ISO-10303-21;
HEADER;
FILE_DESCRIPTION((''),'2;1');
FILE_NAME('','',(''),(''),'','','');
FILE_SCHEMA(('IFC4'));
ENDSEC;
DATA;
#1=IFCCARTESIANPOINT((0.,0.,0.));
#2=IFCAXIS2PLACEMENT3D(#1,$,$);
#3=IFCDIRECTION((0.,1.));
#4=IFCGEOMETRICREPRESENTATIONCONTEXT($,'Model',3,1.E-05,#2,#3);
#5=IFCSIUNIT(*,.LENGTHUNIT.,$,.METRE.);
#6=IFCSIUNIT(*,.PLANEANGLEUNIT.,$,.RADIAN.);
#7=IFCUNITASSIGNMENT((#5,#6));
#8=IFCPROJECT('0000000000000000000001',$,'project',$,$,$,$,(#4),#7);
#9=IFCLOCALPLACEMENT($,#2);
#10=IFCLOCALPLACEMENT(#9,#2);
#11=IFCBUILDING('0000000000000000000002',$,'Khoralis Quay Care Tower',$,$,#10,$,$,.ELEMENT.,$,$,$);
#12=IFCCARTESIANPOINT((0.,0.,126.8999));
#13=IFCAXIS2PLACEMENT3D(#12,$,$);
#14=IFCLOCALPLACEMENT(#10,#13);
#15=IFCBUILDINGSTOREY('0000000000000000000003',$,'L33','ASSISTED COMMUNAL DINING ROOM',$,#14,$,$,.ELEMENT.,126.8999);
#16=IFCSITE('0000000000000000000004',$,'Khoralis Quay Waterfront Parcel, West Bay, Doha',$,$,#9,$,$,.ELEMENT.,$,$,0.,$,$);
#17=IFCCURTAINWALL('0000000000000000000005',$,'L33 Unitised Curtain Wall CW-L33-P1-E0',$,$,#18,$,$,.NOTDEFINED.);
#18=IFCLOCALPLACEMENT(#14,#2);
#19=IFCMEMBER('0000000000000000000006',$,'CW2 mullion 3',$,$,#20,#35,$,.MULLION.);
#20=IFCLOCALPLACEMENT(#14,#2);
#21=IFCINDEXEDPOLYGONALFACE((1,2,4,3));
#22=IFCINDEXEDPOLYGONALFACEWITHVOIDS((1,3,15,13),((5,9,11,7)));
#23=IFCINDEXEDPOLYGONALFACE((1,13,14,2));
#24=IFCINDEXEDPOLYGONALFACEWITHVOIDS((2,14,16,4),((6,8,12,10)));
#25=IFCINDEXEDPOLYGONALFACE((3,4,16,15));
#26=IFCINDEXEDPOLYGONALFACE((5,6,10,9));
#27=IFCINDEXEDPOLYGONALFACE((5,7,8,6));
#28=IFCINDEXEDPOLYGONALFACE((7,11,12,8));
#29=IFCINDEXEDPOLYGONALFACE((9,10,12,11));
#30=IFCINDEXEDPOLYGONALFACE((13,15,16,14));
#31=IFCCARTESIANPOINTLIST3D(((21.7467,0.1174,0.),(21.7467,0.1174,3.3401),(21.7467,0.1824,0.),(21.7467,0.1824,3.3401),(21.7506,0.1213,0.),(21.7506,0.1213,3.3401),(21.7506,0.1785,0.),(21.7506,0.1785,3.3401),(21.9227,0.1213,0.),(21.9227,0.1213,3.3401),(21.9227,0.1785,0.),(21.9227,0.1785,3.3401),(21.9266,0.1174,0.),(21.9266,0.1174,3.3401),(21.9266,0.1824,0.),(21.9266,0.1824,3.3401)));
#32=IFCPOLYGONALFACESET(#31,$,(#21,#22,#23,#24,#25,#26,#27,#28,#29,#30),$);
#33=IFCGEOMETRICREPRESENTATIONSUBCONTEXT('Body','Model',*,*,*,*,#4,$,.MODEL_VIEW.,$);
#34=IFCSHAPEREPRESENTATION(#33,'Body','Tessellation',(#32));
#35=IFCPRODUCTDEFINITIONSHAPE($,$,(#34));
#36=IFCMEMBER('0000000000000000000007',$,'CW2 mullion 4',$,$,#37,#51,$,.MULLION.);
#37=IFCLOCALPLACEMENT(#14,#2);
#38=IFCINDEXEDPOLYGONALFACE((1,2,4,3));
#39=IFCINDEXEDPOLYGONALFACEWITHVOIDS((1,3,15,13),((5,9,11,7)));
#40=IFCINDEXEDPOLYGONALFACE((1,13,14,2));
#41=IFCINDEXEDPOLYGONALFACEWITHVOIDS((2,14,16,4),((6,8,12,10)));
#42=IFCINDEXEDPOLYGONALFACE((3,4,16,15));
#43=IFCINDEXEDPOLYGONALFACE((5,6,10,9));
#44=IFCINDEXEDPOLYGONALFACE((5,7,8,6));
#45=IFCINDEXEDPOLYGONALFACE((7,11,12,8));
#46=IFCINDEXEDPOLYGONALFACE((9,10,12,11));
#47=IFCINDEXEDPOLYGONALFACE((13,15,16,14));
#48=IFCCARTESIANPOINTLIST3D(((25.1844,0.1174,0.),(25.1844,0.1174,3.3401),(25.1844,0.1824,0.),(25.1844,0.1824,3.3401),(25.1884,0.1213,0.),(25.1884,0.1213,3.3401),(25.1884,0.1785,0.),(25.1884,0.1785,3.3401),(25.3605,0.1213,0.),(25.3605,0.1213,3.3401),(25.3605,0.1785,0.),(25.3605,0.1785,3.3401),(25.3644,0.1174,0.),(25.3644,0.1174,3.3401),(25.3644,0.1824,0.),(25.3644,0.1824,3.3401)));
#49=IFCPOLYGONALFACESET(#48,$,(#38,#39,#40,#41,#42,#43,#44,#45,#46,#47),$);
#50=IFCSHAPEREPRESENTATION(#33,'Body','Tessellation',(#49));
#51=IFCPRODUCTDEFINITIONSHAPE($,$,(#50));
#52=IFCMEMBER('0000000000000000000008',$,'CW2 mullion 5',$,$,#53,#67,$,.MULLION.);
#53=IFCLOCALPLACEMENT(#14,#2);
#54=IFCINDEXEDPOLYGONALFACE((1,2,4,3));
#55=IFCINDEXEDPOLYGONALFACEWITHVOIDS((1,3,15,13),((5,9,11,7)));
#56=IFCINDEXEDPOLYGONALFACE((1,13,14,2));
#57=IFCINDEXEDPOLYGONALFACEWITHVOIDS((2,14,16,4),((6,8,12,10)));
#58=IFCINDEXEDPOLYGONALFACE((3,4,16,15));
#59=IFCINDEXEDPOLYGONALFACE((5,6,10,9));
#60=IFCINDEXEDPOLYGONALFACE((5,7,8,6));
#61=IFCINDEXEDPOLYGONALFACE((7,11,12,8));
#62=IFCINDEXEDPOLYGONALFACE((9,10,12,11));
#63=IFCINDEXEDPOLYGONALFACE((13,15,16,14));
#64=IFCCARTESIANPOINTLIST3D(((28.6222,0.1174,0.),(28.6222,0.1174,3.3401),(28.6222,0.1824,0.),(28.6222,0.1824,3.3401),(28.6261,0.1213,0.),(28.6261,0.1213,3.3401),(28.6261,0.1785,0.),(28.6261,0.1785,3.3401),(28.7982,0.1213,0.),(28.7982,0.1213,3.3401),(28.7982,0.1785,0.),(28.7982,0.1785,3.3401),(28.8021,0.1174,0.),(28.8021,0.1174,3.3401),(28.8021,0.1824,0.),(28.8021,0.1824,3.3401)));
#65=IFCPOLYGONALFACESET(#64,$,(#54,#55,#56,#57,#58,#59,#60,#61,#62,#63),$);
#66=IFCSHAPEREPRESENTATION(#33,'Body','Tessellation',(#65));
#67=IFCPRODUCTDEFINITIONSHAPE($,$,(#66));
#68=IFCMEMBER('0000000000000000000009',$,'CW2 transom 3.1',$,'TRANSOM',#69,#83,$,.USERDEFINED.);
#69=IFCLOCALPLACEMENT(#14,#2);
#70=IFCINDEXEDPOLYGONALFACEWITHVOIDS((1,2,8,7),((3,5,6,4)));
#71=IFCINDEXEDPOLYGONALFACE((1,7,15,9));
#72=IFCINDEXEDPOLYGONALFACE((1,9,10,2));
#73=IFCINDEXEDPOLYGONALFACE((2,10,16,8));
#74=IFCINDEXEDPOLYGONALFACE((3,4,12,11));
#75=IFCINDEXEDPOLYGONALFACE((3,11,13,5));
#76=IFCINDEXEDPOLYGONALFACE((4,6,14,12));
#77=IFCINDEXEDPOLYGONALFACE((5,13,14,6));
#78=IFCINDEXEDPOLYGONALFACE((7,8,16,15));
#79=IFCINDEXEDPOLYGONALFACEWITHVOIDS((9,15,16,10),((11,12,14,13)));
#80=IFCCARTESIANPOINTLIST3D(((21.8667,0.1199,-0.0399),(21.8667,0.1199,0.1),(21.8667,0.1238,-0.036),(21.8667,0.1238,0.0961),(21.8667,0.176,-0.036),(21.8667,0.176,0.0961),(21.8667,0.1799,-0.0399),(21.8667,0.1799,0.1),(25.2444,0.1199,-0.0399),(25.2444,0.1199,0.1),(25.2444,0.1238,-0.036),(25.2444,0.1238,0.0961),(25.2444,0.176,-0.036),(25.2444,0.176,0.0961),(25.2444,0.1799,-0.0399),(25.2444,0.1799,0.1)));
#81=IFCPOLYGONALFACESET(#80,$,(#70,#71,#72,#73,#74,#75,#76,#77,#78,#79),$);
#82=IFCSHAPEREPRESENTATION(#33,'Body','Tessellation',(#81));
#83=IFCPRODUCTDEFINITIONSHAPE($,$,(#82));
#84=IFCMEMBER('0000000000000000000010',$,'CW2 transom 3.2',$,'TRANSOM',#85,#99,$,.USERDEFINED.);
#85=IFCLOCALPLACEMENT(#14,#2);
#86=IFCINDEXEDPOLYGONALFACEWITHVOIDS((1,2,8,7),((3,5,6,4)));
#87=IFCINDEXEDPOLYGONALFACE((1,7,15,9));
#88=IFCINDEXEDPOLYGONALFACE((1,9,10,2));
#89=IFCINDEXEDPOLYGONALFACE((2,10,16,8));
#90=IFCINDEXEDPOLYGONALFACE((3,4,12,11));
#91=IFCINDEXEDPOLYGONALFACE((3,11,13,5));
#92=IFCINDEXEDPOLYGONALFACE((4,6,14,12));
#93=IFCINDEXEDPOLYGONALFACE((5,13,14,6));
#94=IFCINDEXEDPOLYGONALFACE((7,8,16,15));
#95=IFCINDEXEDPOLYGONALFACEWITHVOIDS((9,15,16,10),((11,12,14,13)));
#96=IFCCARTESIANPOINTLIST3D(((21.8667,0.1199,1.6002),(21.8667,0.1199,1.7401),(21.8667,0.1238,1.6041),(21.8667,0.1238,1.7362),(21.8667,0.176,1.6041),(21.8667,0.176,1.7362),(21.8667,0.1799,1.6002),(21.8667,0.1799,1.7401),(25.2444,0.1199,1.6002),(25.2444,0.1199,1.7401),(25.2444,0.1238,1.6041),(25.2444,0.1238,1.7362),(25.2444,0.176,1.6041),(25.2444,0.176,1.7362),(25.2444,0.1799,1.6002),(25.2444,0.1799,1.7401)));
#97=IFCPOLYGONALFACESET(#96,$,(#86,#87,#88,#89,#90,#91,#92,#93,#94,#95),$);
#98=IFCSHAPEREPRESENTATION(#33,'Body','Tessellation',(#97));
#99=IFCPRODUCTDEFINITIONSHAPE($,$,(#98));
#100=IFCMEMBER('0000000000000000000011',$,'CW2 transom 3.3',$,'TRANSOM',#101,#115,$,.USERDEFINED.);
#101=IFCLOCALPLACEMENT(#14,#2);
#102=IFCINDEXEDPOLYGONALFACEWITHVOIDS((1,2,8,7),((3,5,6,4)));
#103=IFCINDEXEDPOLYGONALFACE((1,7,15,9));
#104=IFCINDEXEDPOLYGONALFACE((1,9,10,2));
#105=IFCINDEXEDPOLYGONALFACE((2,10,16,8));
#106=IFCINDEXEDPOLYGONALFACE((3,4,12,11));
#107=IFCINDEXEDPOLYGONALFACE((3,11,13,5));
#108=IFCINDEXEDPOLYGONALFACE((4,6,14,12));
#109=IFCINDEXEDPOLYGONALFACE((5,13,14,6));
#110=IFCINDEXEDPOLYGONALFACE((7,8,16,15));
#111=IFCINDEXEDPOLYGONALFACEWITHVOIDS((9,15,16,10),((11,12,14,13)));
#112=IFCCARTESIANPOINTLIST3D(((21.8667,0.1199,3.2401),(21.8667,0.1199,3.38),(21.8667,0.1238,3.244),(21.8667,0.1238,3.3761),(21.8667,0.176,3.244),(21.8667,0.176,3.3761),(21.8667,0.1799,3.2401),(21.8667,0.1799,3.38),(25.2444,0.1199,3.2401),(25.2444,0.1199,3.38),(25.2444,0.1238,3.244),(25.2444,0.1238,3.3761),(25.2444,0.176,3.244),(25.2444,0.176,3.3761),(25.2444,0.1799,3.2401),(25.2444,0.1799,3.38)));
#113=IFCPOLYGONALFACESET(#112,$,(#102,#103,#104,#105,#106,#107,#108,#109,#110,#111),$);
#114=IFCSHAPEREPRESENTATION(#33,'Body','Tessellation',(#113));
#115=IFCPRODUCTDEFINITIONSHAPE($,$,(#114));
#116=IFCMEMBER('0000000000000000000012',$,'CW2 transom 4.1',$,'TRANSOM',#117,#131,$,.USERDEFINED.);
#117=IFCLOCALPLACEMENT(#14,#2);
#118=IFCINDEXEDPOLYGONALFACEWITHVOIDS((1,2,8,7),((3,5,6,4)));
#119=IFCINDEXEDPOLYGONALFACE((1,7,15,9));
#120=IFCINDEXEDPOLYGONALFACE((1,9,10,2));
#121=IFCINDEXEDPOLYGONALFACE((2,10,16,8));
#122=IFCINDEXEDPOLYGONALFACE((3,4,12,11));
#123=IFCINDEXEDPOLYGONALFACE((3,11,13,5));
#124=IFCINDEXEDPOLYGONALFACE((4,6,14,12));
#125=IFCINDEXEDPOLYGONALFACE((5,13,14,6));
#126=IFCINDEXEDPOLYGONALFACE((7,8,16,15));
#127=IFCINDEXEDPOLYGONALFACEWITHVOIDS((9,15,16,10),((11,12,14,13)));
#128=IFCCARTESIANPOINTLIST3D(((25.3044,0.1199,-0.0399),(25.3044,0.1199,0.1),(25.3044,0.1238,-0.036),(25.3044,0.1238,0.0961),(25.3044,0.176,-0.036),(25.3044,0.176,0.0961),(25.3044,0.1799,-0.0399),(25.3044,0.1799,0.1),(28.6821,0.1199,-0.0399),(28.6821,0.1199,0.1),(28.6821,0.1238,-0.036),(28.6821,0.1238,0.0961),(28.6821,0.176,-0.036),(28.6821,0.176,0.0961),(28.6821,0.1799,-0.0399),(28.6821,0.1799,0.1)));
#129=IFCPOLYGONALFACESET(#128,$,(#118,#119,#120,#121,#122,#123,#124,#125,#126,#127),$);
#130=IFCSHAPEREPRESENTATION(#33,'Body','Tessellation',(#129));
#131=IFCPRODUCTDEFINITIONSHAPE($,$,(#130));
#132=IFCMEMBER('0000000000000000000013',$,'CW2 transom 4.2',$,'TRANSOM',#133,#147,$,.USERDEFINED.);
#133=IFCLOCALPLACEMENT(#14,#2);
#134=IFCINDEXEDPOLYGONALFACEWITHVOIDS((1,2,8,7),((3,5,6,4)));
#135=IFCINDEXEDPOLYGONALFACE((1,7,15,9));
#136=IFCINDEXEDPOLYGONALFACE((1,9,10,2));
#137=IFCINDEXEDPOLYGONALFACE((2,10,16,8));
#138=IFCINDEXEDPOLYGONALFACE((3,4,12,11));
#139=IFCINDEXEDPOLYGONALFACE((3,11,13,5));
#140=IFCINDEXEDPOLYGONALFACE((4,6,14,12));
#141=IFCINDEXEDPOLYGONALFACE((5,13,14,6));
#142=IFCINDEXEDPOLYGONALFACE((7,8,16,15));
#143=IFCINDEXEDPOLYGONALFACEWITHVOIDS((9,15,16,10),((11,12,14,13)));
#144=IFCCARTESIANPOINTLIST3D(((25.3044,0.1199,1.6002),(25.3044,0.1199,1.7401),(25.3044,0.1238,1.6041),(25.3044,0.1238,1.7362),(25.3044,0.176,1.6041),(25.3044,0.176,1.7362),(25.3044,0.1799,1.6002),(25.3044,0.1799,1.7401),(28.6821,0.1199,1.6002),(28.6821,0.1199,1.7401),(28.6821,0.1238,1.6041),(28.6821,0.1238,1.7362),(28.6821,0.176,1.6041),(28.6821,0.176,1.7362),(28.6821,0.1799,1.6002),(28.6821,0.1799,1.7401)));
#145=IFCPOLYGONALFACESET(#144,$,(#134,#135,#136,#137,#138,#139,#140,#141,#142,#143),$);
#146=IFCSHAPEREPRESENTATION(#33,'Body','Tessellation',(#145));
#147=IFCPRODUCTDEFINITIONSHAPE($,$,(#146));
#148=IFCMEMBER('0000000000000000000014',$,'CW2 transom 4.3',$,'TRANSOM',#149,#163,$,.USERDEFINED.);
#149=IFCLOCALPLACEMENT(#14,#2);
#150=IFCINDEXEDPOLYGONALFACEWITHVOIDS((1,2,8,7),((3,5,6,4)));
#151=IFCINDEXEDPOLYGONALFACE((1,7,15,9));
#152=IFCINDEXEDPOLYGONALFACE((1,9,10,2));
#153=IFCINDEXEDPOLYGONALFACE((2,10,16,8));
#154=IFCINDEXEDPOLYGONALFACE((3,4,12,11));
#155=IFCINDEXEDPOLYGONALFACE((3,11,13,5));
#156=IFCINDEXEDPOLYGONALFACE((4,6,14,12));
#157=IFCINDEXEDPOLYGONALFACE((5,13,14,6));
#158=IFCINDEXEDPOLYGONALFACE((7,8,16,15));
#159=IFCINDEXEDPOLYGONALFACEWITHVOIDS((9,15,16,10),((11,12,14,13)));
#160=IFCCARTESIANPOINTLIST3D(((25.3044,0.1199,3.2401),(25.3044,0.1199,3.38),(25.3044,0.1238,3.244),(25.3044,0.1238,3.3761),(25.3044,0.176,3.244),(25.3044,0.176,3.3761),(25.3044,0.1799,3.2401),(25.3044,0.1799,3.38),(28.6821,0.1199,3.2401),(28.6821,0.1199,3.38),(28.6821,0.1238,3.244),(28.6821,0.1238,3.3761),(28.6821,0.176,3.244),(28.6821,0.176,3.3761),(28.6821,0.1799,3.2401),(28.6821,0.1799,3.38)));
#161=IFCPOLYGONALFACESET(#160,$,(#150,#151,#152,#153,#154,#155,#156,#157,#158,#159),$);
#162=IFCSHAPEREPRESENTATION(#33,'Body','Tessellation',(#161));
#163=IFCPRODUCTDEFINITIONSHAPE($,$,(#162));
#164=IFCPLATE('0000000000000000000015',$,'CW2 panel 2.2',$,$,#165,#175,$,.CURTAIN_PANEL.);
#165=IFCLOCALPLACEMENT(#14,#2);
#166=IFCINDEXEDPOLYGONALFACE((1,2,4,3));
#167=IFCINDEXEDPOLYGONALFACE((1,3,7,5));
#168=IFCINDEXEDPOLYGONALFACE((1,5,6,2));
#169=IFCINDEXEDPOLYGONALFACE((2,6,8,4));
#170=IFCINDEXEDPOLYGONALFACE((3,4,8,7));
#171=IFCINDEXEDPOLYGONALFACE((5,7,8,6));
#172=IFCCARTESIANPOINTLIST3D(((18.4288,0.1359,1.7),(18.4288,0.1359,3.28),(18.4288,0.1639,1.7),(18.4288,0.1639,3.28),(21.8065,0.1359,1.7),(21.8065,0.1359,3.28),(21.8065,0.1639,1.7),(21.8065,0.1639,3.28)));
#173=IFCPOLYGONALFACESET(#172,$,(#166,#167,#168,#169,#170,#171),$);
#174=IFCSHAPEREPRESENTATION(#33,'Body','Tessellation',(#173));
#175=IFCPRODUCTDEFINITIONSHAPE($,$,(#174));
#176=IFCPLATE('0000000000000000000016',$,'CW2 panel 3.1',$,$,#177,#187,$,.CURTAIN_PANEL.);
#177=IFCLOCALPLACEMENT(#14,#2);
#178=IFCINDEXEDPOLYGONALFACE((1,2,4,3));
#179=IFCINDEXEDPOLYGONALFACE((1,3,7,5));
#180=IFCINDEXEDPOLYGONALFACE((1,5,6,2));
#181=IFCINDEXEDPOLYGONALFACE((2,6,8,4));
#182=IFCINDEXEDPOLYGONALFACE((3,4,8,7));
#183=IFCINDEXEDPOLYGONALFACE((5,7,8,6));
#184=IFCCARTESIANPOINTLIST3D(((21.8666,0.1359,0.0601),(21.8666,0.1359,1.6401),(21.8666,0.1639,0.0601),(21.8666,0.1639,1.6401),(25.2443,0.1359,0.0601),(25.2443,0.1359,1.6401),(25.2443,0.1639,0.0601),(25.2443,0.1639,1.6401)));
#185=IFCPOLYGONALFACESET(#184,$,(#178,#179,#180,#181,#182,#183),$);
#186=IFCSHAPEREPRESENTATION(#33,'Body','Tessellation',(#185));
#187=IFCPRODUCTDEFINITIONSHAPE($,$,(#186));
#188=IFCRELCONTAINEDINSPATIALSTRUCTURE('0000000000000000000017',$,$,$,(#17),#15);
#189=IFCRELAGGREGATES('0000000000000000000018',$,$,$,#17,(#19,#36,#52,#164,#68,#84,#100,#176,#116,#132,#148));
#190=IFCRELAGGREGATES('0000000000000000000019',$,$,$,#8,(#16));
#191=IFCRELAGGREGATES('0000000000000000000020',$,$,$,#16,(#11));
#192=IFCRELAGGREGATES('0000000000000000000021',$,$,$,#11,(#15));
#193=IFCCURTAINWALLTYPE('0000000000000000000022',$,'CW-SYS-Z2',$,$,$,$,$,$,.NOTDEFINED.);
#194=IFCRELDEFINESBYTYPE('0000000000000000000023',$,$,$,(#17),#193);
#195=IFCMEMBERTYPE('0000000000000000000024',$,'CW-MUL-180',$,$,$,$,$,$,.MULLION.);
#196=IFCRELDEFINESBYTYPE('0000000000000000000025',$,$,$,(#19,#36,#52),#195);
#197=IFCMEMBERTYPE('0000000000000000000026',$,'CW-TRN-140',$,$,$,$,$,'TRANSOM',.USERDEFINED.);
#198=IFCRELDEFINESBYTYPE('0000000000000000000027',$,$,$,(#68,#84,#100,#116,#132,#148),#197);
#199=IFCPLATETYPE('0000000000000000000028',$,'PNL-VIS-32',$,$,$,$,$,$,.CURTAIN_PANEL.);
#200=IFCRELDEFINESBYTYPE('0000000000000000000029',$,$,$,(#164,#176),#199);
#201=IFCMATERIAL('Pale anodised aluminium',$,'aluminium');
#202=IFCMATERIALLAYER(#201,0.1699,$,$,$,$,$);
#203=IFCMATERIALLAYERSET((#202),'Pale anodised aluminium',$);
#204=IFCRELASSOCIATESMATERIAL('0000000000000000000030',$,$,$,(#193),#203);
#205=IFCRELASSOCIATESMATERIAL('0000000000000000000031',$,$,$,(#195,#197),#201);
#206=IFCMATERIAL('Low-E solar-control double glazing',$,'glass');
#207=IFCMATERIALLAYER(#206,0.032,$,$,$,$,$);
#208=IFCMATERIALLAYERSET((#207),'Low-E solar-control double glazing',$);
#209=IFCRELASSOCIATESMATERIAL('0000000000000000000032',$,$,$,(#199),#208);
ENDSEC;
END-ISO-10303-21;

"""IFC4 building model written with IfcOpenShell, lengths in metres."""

from ifc_helpers import new_model, si_unit, direction, frame, origin, origin_2d, place, context, subcontext, project, spatial, rectangle, hollow_rectangle, extrude, source, transform, mapped, material, layer, layer_set, material_profile, profile_set, type_object, element, aggregate, save


model = new_model("IFC4")

# Units and contexts
model_context = context("Model", 3, precision=1e-05, world=origin(), true_north=direction((0.0, 1.0)))
body_context = subcontext(model_context, "Body", "Model", "MODEL_VIEW")
ifc_project = project(units=[si_unit("LENGTHUNIT", "METRE"), si_unit("PLANEANGLEUNIT", "RADIAN")], contexts=[model_context])

# Site, building, storey
site_placement = place(None, origin())
site = spatial("IfcSite", under=ifc_project, at=site_placement, Name="Khoralis Quay Waterfront Parcel, West Bay, Doha", CompositionType="ELEMENT", RefElevation=0.0)
building_placement = place(site_placement, origin())
building = spatial("IfcBuilding", under=site, at=building_placement, Name="Khoralis Quay Care Tower", CompositionType="ELEMENT")
storey_placement = place(building_placement, frame((0.0, 0.0, 126.8999)))
storey = spatial("IfcBuildingStorey", under=building, at=storey_placement, Name="L33", Description="ASSISTED COMMUNAL DINING ROOM", CompositionType="ELEMENT", Elevation=126.8999)

# Curtain wall, members, plates
ifc_material_1 = material(Name="Pale anodised aluminium", Category="aluminium")
ifc_layer_1 = layer(ifc_material_1, 0.1699)
ifc_layer_set_1 = layer_set([ifc_layer_1], Name="Pale anodised aluminium")
curtain_wall_type = type_object("IfcCurtainWallType", Name="CW-SYS-Z2", PredefinedType="NOTDEFINED", material=ifc_layer_set_1)
curtain_wall_placement = place(storey_placement, origin())
curtain_wall = element("IfcCurtainWall", 1, at=curtain_wall_placement, inside=storey, type_object=curtain_wall_type, Name="L33 Unitised Curtain Wall CW-L33-P1-E0", PredefinedType="NOTDEFINED")
ifc_material_profile_1 = material_profile(ifc_material_1, hollow_rectangle(XDim=0.0649, YDim=0.1799, WallThickness=0.0039, at=origin_2d()), Name="Pale anodised aluminium")
ifc_profile_set_1 = profile_set([ifc_material_profile_1], Name="Pale anodised aluminium")
member_type_1 = type_object("IfcMemberType", Name="CW-MUL-180", PredefinedType="MULLION", material=ifc_profile_set_1)
shared_shape_1 = source(origin(), body_context, "Body", "SweptSolid", [
    extrude(hollow_rectangle(XDim=0.0649, YDim=0.1799, WallThickness=0.0039, at=origin_2d()), origin(), (0.0, 0.0, 1.0), 3.3401),
])
member_1_placement = place(storey_placement, frame((21.8367, 0.1499, 0.0), z_axis=(0.0, 0.0, 1.0), x_axis=(0.0, 1.0, 0.0)))
member_1 = element("IfcMember", 2, at=member_1_placement, type_object=member_type_1, Name="CW2 mullion 3", PredefinedType="MULLION", context=body_context, shape_type="MappedRepresentation", body=[
    mapped(shared_shape_1, transform((0.0, 0.0, 0.0), scale=1.0)),
])
member_2_placement = place(storey_placement, frame((25.2744, 0.1499, 0.0), z_axis=(0.0, 0.0, 1.0), x_axis=(0.0, 1.0, 0.0)))
member_2 = element("IfcMember", 3, at=member_2_placement, type_object=member_type_1, Name="CW2 mullion 4", PredefinedType="MULLION", context=body_context, shape_type="MappedRepresentation", body=[
    mapped(shared_shape_1, transform((0.0, 0.0, 0.0), scale=1.0)),
])
member_3_placement = place(storey_placement, frame((28.7122, 0.1499, 0.0), z_axis=(0.0, 0.0, 1.0), x_axis=(0.0, 1.0, 0.0)))
member_3 = element("IfcMember", 4, at=member_3_placement, type_object=member_type_1, Name="CW2 mullion 5", PredefinedType="MULLION", context=body_context, shape_type="MappedRepresentation", body=[
    mapped(shared_shape_1, transform((0.0, 0.0, 0.0), scale=1.0)),
])
ifc_material_profile_2 = material_profile(ifc_material_1, hollow_rectangle(XDim=0.0601, YDim=0.1399, WallThickness=0.0039, at=origin_2d()), Name="Pale anodised aluminium")
ifc_profile_set_2 = profile_set([ifc_material_profile_2], Name="Pale anodised aluminium")
member_type_2 = type_object("IfcMemberType", Name="CW-TRN-140", ElementType="TRANSOM", PredefinedType="USERDEFINED", material=ifc_profile_set_2)
shared_shape_2 = source(origin(), body_context, "Body", "SweptSolid", [
    extrude(hollow_rectangle(XDim=0.0601, YDim=0.1399, WallThickness=0.0039, at=origin_2d()), origin(), (0.0, 0.0, 1.0), 3.3777),
])
member_4_placement = place(storey_placement, frame((21.8667, 0.1499, 0.03), z_axis=(1.0, 0.0, 0.0), x_axis=(0.0, 1.0, 0.0)))
member_4 = element("IfcMember", 5, at=member_4_placement, type_object=member_type_2, Name="CW2 transom 3.1", ObjectType="TRANSOM", PredefinedType="USERDEFINED", context=body_context, shape_type="MappedRepresentation", body=[
    mapped(shared_shape_2, transform((0.0, 0.0, 0.0), scale=1.0)),
])
member_5_placement = place(storey_placement, frame((21.8667, 0.1499, 1.6702), z_axis=(1.0, 0.0, 0.0), x_axis=(0.0, 1.0, 0.0)))
member_5 = element("IfcMember", 6, at=member_5_placement, type_object=member_type_2, Name="CW2 transom 3.2", ObjectType="TRANSOM", PredefinedType="USERDEFINED", context=body_context, shape_type="MappedRepresentation", body=[
    mapped(shared_shape_2, transform((0.0, 0.0, 0.0), scale=1.0)),
])
member_6_placement = place(storey_placement, frame((21.8667, 0.1499, 3.3101), z_axis=(1.0, 0.0, 0.0), x_axis=(0.0, 1.0, 0.0)))
member_6 = element("IfcMember", 7, at=member_6_placement, type_object=member_type_2, Name="CW2 transom 3.3", ObjectType="TRANSOM", PredefinedType="USERDEFINED", context=body_context, shape_type="MappedRepresentation", body=[
    mapped(shared_shape_2, transform((0.0, 0.0, 0.0), scale=1.0)),
])
member_7_placement = place(storey_placement, frame((25.3044, 0.1499, 0.03), z_axis=(1.0, 0.0, 0.0), x_axis=(0.0, 1.0, 0.0)))
member_7 = element("IfcMember", 8, at=member_7_placement, type_object=member_type_2, Name="CW2 transom 4.1", ObjectType="TRANSOM", PredefinedType="USERDEFINED", context=body_context, shape_type="MappedRepresentation", body=[
    mapped(shared_shape_2, transform((0.0, 0.0, 0.0), scale=1.0)),
])
member_8_placement = place(storey_placement, frame((25.3044, 0.1499, 1.6702), z_axis=(1.0, 0.0, 0.0), x_axis=(0.0, 1.0, 0.0)))
member_8 = element("IfcMember", 9, at=member_8_placement, type_object=member_type_2, Name="CW2 transom 4.2", ObjectType="TRANSOM", PredefinedType="USERDEFINED", context=body_context, shape_type="MappedRepresentation", body=[
    mapped(shared_shape_2, transform((0.0, 0.0, 0.0), scale=1.0)),
])
member_9_placement = place(storey_placement, frame((25.3044, 0.1499, 3.3101), z_axis=(1.0, 0.0, 0.0), x_axis=(0.0, 1.0, 0.0)))
member_9 = element("IfcMember", 10, at=member_9_placement, type_object=member_type_2, Name="CW2 transom 4.3", ObjectType="TRANSOM", PredefinedType="USERDEFINED", context=body_context, shape_type="MappedRepresentation", body=[
    mapped(shared_shape_2, transform((0.0, 0.0, 0.0), scale=1.0)),
])
ifc_material_2 = material(Name="Low-E solar-control double glazing", Category="glass")
ifc_layer_2 = layer(ifc_material_2, 0.032)
ifc_layer_set_2 = layer_set([ifc_layer_2], Name="Low-E solar-control double glazing")
plate_type = type_object("IfcPlateType", Name="PNL-VIS-32", PredefinedType="CURTAIN_PANEL", material=ifc_layer_set_2)
shared_shape_3 = source(origin(), body_context, "Body", "SweptSolid", [
    extrude(rectangle(XDim=3.3777, YDim=0.0281, at=origin_2d()), origin(), (0.0, 0.0, 1.0), 1.5801),
])
plate_1_placement = place(storey_placement, frame((20.1177, 0.1499, 1.7), z_axis=(0.0, 0.0, 1.0), x_axis=(1.0, 0.0, 0.0)))
plate_1 = element("IfcPlate", 11, at=plate_1_placement, type_object=plate_type, Name="CW2 panel 2.2", PredefinedType="CURTAIN_PANEL", context=body_context, shape_type="MappedRepresentation", body=[
    mapped(shared_shape_3, transform((0.0, 0.0, 0.0), scale=1.0)),
])
plate_2_placement = place(storey_placement, frame((23.5554, 0.1499, 0.0601), z_axis=(0.0, 0.0, 1.0), x_axis=(1.0, 0.0, 0.0)))
plate_2 = element("IfcPlate", 12, at=plate_2_placement, type_object=plate_type, Name="CW2 panel 3.1", PredefinedType="CURTAIN_PANEL", context=body_context, shape_type="MappedRepresentation", body=[
    mapped(shared_shape_3, transform((0.0, 0.0, 0.0), scale=1.0)),
])
aggregate(curtain_wall, [member_1, member_2, member_3, plate_1, member_4, member_5, member_6, plate_2, member_7, member_8, member_9])

save(model, "model.ifc")
